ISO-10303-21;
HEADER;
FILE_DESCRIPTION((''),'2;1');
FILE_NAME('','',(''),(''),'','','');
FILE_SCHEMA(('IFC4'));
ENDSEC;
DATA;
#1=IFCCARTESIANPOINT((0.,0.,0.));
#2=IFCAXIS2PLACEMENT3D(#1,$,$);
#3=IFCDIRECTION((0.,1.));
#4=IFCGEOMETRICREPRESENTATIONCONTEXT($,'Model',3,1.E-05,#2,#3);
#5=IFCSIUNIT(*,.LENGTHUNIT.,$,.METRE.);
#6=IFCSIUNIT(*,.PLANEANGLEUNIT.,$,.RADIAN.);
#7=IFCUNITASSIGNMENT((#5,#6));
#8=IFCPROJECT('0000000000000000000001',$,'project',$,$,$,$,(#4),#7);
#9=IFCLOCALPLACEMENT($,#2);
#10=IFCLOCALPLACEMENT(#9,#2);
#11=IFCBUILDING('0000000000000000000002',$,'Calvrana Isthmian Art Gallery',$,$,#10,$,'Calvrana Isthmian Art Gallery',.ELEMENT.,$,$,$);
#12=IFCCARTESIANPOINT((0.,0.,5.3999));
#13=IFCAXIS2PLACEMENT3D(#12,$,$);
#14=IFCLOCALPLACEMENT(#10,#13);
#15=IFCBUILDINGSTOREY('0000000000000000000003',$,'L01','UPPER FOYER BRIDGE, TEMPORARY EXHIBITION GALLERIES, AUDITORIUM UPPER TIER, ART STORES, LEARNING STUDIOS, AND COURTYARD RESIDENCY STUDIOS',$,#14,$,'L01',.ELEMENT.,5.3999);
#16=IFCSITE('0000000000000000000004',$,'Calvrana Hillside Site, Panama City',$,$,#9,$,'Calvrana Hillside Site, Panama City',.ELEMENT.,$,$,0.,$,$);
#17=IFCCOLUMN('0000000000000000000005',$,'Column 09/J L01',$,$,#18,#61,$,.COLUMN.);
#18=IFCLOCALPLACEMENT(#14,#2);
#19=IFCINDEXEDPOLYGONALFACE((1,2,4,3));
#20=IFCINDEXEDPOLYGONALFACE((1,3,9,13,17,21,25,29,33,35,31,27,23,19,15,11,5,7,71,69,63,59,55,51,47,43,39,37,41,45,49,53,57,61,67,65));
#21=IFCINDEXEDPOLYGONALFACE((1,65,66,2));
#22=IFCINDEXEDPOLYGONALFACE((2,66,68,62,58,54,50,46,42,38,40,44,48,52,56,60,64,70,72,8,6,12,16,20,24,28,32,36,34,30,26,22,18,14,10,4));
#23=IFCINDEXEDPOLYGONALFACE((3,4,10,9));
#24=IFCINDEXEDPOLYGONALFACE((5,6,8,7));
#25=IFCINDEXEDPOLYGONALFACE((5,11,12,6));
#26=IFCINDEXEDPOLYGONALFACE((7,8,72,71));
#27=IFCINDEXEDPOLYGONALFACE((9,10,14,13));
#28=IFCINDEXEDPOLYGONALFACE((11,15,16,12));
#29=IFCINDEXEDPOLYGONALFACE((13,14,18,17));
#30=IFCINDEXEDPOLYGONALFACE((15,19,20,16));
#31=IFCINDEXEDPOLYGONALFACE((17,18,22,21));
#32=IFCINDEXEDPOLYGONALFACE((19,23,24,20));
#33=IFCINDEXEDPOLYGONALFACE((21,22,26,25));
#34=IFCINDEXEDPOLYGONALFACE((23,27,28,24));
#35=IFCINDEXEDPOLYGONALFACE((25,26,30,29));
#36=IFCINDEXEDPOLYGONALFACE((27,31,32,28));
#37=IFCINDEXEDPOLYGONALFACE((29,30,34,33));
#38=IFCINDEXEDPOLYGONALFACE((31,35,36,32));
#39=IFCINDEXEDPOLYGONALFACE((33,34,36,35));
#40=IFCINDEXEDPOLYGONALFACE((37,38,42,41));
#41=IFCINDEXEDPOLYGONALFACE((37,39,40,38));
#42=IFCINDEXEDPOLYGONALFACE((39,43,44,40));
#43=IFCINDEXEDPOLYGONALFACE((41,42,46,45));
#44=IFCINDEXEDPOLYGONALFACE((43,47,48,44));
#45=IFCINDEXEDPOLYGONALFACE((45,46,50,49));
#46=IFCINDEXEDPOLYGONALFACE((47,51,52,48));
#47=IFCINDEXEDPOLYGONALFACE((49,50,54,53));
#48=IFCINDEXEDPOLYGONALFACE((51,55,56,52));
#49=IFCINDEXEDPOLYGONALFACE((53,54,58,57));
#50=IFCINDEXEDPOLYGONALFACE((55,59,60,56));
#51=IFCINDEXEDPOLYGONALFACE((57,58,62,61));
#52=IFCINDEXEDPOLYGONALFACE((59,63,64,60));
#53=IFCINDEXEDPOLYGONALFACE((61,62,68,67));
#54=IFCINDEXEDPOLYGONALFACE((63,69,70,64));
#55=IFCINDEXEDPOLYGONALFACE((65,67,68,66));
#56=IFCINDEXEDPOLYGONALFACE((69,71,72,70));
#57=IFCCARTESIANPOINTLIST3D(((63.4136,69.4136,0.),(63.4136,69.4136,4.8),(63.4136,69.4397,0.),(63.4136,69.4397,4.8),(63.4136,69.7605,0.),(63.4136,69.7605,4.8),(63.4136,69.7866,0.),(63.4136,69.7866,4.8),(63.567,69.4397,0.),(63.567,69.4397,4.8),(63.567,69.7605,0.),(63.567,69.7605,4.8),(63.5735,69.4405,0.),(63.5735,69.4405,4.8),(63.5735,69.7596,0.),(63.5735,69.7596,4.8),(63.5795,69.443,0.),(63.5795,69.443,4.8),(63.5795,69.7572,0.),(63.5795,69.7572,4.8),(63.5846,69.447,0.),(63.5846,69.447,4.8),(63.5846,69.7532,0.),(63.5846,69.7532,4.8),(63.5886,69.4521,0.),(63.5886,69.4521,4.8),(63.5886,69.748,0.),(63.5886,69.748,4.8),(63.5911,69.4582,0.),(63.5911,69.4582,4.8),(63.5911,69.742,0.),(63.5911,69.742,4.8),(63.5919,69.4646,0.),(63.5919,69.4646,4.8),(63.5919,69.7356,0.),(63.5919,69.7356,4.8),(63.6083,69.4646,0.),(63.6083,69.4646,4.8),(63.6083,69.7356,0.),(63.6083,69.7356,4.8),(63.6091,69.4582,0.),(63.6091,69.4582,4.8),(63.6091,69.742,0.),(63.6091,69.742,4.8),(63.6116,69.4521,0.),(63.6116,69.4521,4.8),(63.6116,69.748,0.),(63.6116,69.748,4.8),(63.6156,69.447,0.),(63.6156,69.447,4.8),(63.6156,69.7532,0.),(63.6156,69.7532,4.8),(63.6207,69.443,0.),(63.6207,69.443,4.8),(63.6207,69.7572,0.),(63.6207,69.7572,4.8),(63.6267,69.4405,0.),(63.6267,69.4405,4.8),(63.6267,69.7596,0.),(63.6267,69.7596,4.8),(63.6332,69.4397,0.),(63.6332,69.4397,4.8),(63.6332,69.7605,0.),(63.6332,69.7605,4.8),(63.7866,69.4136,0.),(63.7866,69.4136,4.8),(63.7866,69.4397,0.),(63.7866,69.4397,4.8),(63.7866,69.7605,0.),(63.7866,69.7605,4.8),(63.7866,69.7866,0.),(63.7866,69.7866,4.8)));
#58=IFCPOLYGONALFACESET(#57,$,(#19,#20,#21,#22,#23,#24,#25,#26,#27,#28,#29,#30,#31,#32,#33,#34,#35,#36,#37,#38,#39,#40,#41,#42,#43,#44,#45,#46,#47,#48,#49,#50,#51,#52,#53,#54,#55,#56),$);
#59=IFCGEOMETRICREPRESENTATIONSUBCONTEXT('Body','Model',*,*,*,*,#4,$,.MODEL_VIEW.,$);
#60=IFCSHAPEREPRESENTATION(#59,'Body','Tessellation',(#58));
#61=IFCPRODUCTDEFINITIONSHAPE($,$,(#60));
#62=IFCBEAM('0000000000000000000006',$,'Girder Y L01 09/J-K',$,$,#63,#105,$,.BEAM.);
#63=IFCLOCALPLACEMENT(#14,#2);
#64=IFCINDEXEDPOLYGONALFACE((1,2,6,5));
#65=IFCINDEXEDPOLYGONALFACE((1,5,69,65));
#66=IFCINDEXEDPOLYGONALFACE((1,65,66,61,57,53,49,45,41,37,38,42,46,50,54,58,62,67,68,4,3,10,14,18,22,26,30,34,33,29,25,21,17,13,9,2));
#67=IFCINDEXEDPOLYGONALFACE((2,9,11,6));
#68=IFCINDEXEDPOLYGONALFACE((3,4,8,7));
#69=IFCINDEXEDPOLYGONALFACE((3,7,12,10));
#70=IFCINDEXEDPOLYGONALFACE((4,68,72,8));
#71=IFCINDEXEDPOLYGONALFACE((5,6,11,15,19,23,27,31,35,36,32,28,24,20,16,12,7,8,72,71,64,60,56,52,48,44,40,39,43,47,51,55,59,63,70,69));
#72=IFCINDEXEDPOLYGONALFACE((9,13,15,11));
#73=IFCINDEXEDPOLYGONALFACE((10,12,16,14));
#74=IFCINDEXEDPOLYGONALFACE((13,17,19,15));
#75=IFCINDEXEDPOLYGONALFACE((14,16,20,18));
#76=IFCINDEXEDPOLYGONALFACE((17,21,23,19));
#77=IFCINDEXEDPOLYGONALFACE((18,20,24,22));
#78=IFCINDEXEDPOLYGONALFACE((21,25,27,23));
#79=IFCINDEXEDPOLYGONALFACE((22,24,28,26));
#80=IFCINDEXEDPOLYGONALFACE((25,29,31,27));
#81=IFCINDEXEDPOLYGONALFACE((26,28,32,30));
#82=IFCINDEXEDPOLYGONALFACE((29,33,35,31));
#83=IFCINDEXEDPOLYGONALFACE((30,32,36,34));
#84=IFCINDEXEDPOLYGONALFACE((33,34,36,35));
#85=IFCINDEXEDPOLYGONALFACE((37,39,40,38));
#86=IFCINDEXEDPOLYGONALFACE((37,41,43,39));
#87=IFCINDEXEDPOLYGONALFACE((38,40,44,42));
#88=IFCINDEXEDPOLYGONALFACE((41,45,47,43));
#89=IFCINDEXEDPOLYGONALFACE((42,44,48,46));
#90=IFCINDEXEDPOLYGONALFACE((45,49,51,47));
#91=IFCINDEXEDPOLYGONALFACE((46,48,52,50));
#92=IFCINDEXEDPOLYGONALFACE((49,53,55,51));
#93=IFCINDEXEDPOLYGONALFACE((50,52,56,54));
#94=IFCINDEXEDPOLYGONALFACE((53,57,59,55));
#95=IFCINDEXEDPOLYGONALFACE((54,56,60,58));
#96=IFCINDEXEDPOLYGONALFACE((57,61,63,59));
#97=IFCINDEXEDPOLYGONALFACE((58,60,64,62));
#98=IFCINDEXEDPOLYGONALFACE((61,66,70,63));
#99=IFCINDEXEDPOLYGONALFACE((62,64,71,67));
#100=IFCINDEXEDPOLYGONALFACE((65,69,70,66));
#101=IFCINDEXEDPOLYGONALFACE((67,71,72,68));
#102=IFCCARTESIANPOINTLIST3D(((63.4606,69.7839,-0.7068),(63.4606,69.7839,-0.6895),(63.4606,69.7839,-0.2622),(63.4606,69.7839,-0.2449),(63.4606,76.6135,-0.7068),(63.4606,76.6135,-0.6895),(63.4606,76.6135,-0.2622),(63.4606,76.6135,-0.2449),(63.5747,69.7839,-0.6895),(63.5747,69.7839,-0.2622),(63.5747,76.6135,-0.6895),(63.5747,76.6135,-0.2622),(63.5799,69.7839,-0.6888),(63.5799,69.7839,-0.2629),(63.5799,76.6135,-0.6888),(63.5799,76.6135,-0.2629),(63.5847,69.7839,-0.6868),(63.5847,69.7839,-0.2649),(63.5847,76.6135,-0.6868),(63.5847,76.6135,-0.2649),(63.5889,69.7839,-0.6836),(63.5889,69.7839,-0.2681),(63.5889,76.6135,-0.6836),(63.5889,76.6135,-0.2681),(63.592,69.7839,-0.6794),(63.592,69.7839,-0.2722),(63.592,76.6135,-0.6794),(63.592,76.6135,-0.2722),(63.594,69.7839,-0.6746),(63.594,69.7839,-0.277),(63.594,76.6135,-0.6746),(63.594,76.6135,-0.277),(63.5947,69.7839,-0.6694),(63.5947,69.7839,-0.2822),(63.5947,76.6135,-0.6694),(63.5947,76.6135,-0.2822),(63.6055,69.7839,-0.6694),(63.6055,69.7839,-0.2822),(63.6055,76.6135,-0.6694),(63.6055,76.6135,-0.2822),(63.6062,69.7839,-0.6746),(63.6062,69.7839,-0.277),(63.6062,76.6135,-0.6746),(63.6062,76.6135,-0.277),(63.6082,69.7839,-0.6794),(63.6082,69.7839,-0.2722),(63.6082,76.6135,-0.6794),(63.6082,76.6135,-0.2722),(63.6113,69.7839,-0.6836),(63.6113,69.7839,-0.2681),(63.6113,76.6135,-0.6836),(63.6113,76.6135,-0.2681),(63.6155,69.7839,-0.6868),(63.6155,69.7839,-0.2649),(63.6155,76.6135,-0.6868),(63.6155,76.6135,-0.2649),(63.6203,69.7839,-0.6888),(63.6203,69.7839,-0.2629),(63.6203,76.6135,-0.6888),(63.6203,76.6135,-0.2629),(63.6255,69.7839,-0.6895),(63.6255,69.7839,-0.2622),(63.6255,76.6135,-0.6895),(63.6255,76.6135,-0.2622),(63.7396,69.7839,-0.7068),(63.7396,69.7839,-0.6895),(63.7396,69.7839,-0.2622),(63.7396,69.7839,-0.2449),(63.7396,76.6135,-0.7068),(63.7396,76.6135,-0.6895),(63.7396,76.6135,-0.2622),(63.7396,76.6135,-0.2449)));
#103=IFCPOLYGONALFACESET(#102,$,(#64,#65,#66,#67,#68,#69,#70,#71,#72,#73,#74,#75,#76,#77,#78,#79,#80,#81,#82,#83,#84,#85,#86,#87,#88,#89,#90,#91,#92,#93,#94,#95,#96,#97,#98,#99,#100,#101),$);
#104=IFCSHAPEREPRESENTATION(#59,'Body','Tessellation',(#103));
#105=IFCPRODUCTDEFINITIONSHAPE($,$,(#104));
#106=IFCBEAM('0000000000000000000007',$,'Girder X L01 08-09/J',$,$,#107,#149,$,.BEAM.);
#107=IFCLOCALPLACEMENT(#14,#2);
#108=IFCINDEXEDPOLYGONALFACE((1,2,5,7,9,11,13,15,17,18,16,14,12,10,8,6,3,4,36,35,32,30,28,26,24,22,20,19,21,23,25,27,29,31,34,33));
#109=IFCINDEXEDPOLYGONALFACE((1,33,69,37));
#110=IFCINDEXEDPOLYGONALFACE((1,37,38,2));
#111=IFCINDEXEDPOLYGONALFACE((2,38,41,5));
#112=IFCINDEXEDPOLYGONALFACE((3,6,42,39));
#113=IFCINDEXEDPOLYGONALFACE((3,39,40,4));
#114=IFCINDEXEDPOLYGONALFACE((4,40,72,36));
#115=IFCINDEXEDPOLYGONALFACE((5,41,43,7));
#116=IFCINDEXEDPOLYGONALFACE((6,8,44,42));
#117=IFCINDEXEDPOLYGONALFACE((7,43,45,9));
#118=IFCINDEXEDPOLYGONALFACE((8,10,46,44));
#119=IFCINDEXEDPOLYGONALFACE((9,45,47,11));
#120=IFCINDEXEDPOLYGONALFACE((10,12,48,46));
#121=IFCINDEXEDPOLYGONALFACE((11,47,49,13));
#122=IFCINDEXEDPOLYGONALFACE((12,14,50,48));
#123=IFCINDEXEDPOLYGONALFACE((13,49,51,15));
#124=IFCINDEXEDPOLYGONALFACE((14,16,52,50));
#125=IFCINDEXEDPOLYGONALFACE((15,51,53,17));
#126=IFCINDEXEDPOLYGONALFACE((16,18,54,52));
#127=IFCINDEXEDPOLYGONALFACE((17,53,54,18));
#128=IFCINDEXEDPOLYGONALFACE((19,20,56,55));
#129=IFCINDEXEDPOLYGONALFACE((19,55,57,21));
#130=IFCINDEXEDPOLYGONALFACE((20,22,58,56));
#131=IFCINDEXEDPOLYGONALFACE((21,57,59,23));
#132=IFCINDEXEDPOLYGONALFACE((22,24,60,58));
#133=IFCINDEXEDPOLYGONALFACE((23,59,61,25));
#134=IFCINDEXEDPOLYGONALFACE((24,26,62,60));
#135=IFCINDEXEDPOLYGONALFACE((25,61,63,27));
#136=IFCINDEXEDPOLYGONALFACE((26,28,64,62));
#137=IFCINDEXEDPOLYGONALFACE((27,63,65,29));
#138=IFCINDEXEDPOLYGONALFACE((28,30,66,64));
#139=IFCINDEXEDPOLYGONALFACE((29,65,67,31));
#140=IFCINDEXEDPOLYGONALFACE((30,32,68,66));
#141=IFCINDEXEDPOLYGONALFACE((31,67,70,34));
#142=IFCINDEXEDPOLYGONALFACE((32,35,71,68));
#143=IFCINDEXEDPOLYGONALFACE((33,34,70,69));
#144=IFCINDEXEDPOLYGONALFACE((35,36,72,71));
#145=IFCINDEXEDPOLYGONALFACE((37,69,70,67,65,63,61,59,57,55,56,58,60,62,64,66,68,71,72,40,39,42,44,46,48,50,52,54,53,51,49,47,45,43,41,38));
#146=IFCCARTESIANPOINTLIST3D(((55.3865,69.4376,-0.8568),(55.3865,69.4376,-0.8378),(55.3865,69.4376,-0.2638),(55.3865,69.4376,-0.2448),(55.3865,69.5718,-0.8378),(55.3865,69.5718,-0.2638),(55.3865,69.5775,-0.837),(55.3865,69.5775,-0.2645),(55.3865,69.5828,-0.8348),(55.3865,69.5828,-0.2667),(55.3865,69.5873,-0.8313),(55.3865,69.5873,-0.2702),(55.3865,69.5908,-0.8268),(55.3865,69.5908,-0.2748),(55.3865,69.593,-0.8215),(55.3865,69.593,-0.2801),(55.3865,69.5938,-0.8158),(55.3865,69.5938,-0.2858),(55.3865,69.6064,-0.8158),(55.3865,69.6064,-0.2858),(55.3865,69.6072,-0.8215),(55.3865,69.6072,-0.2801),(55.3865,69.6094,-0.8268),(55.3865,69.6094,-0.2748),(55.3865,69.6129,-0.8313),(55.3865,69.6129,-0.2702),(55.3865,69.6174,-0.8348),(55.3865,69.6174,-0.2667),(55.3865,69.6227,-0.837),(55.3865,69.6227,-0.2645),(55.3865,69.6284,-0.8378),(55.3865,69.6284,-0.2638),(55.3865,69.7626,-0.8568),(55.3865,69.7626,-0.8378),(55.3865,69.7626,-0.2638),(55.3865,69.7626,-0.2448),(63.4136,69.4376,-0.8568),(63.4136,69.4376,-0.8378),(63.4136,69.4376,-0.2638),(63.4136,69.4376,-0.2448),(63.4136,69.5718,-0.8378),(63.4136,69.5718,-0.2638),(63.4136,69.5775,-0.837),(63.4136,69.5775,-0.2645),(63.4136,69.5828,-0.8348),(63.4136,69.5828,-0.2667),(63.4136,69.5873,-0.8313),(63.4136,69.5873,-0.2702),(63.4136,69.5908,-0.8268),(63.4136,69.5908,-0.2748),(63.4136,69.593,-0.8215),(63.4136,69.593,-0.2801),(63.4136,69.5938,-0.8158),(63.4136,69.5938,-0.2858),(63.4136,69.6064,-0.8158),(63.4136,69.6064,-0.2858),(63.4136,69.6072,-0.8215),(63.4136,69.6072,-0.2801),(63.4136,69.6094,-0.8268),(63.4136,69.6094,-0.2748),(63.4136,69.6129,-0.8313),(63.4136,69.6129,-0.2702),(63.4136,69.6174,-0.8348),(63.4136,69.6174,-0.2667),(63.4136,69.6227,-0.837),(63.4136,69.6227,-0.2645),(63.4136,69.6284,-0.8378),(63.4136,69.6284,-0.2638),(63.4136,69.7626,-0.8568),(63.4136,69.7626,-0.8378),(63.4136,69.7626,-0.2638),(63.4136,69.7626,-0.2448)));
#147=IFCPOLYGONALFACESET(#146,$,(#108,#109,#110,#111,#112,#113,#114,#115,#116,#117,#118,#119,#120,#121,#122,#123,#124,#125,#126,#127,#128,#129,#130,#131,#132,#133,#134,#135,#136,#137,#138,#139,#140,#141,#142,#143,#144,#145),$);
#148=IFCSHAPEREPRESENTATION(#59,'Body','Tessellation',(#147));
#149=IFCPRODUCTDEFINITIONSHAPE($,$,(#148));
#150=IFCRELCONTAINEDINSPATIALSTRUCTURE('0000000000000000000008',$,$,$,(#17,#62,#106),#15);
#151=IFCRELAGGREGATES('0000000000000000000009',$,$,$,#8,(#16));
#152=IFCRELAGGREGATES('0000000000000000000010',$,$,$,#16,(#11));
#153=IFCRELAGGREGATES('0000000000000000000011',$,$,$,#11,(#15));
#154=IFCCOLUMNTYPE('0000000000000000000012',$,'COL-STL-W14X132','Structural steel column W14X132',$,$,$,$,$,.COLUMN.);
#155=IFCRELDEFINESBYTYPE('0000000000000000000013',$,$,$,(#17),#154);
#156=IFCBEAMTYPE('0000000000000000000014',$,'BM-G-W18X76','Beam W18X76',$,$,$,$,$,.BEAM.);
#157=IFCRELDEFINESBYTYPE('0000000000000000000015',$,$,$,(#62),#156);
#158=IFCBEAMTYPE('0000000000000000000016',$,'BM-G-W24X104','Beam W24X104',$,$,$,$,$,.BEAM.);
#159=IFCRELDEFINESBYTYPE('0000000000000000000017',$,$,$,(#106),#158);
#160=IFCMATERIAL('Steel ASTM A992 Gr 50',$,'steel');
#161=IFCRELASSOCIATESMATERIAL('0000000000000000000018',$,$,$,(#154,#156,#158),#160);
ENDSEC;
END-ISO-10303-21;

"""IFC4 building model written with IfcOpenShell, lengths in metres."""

from ifc_helpers import new_model, si_unit, direction, frame, origin, origin_2d, place, context, subcontext, project, spatial, i_section, extrude, material, material_profile, profile_set, type_object, element, save


model = new_model("IFC4")

# Units and contexts
model_context = context("Model", 3, precision=1e-05, world=origin(), true_north=direction((0.0, 1.0)))
body_context = subcontext(model_context, "Body", "Model", "MODEL_VIEW")
ifc_project = project(units=[si_unit("LENGTHUNIT", "METRE"), si_unit("PLANEANGLEUNIT", "RADIAN")], contexts=[model_context])

# Site, building, storey
site_placement = place(None, origin())
site = spatial("IfcSite", under=ifc_project, at=site_placement, Name="Calvrana Hillside Site, Panama City", LongName="Calvrana Hillside Site, Panama City", CompositionType="ELEMENT", RefElevation=0.0)
building_placement = place(site_placement, origin())
building = spatial("IfcBuilding", under=site, at=building_placement, Name="Calvrana Isthmian Art Gallery", LongName="Calvrana Isthmian Art Gallery", CompositionType="ELEMENT")
storey_placement = place(building_placement, frame((0.0, 0.0, 5.3999)))
storey = spatial("IfcBuildingStorey", under=building, at=storey_placement, Name="L01", Description="UPPER FOYER BRIDGE, TEMPORARY EXHIBITION GALLERIES, AUDITORIUM UPPER TIER, ART STORES, LEARNING STUDIOS, AND COURTYARD RESIDENCY STUDIOS", LongName="L01", CompositionType="ELEMENT", Elevation=5.3999)

# Column
ifc_material_1 = material(Name="Steel ASTM A992 Gr 50", Category="steel")
ifc_material_profile_1 = material_profile(ifc_material_1, i_section(OverallWidth=0.373, OverallDepth=0.373, WebThickness=0.0164, FlangeThickness=0.0261, FilletRadius=0.0249, at=origin_2d()), Name="W14X132")
ifc_profile_set_1 = profile_set([ifc_material_profile_1], Name="Steel ASTM A992 Gr 50")
column_type = type_object("IfcColumnType", Name="COL-STL-W14X132", Description="Structural steel column W14X132", PredefinedType="COLUMN", material=ifc_profile_set_1)
column_placement = place(storey_placement, frame((63.6001, 69.6001, 0.0), z_axis=(0.0, 0.0, 1.0), x_axis=(1.0, 0.0, 0.0)))
element("IfcColumn", 1, at=column_placement, inside=storey, type_object=column_type, Name="Column 09/J L01", PredefinedType="COLUMN", context=body_context, shape_type="SweptSolid", body=[
    extrude(i_section(OverallWidth=0.373, OverallDepth=0.373, WebThickness=0.0164, FlangeThickness=0.0261, FilletRadius=0.0249, at=origin_2d()), origin(), (0.0, 0.0, 1.0), 4.8),
])

# Beams
ifc_material_profile_2 = material_profile(ifc_material_1, i_section(OverallWidth=0.2791, OverallDepth=0.4619, WebThickness=0.0107, FlangeThickness=0.0173, FilletRadius=0.02, at=origin_2d()), Name="W18X76")
ifc_profile_set_2 = profile_set([ifc_material_profile_2], Name="Steel ASTM A992 Gr 50")
beam_type_1 = type_object("IfcBeamType", Name="BM-G-W18X76", Description="Beam W18X76", PredefinedType="BEAM", material=ifc_profile_set_2)
beam_1_placement = place(storey_placement, frame((63.6001, 69.7839, -0.4758), z_axis=(0.0, 1.0, 0.0), x_axis=(-1.0, 0.0, 0.0)))
element("IfcBeam", 2, at=beam_1_placement, inside=storey, type_object=beam_type_1, Name="Girder Y L01 09/J-K", PredefinedType="BEAM", context=body_context, shape_type="SweptSolid", body=[
    extrude(i_section(OverallWidth=0.2791, OverallDepth=0.4619, WebThickness=0.0107, FlangeThickness=0.0173, FilletRadius=0.02, at=origin_2d()), origin(), (0.0, 0.0, 1.0), 6.8296),
])
ifc_material_profile_3 = material_profile(ifc_material_1, i_section(OverallWidth=0.325, OverallDepth=0.6121, WebThickness=0.0127, FlangeThickness=0.019, FilletRadius=0.022, at=origin_2d()), Name="W24X104")
ifc_profile_set_3 = profile_set([ifc_material_profile_3], Name="Steel ASTM A992 Gr 50")
beam_type_2 = type_object("IfcBeamType", Name="BM-G-W24X104", Description="Beam W24X104", PredefinedType="BEAM", material=ifc_profile_set_3)
beam_2_placement = place(storey_placement, frame((55.3865, 69.6001, -0.5508), z_axis=(1.0, 0.0, 0.0), x_axis=(0.0, 1.0, 0.0)))
element("IfcBeam", 3, at=beam_2_placement, inside=storey, type_object=beam_type_2, Name="Girder X L01 08-09/J", PredefinedType="BEAM", context=body_context, shape_type="SweptSolid", body=[
    extrude(i_section(OverallWidth=0.325, OverallDepth=0.6121, WebThickness=0.0127, FlangeThickness=0.019, FilletRadius=0.022, at=origin_2d()), origin(), (0.0, 0.0, 1.0), 8.0271),
])

save(model, "model.ifc")
